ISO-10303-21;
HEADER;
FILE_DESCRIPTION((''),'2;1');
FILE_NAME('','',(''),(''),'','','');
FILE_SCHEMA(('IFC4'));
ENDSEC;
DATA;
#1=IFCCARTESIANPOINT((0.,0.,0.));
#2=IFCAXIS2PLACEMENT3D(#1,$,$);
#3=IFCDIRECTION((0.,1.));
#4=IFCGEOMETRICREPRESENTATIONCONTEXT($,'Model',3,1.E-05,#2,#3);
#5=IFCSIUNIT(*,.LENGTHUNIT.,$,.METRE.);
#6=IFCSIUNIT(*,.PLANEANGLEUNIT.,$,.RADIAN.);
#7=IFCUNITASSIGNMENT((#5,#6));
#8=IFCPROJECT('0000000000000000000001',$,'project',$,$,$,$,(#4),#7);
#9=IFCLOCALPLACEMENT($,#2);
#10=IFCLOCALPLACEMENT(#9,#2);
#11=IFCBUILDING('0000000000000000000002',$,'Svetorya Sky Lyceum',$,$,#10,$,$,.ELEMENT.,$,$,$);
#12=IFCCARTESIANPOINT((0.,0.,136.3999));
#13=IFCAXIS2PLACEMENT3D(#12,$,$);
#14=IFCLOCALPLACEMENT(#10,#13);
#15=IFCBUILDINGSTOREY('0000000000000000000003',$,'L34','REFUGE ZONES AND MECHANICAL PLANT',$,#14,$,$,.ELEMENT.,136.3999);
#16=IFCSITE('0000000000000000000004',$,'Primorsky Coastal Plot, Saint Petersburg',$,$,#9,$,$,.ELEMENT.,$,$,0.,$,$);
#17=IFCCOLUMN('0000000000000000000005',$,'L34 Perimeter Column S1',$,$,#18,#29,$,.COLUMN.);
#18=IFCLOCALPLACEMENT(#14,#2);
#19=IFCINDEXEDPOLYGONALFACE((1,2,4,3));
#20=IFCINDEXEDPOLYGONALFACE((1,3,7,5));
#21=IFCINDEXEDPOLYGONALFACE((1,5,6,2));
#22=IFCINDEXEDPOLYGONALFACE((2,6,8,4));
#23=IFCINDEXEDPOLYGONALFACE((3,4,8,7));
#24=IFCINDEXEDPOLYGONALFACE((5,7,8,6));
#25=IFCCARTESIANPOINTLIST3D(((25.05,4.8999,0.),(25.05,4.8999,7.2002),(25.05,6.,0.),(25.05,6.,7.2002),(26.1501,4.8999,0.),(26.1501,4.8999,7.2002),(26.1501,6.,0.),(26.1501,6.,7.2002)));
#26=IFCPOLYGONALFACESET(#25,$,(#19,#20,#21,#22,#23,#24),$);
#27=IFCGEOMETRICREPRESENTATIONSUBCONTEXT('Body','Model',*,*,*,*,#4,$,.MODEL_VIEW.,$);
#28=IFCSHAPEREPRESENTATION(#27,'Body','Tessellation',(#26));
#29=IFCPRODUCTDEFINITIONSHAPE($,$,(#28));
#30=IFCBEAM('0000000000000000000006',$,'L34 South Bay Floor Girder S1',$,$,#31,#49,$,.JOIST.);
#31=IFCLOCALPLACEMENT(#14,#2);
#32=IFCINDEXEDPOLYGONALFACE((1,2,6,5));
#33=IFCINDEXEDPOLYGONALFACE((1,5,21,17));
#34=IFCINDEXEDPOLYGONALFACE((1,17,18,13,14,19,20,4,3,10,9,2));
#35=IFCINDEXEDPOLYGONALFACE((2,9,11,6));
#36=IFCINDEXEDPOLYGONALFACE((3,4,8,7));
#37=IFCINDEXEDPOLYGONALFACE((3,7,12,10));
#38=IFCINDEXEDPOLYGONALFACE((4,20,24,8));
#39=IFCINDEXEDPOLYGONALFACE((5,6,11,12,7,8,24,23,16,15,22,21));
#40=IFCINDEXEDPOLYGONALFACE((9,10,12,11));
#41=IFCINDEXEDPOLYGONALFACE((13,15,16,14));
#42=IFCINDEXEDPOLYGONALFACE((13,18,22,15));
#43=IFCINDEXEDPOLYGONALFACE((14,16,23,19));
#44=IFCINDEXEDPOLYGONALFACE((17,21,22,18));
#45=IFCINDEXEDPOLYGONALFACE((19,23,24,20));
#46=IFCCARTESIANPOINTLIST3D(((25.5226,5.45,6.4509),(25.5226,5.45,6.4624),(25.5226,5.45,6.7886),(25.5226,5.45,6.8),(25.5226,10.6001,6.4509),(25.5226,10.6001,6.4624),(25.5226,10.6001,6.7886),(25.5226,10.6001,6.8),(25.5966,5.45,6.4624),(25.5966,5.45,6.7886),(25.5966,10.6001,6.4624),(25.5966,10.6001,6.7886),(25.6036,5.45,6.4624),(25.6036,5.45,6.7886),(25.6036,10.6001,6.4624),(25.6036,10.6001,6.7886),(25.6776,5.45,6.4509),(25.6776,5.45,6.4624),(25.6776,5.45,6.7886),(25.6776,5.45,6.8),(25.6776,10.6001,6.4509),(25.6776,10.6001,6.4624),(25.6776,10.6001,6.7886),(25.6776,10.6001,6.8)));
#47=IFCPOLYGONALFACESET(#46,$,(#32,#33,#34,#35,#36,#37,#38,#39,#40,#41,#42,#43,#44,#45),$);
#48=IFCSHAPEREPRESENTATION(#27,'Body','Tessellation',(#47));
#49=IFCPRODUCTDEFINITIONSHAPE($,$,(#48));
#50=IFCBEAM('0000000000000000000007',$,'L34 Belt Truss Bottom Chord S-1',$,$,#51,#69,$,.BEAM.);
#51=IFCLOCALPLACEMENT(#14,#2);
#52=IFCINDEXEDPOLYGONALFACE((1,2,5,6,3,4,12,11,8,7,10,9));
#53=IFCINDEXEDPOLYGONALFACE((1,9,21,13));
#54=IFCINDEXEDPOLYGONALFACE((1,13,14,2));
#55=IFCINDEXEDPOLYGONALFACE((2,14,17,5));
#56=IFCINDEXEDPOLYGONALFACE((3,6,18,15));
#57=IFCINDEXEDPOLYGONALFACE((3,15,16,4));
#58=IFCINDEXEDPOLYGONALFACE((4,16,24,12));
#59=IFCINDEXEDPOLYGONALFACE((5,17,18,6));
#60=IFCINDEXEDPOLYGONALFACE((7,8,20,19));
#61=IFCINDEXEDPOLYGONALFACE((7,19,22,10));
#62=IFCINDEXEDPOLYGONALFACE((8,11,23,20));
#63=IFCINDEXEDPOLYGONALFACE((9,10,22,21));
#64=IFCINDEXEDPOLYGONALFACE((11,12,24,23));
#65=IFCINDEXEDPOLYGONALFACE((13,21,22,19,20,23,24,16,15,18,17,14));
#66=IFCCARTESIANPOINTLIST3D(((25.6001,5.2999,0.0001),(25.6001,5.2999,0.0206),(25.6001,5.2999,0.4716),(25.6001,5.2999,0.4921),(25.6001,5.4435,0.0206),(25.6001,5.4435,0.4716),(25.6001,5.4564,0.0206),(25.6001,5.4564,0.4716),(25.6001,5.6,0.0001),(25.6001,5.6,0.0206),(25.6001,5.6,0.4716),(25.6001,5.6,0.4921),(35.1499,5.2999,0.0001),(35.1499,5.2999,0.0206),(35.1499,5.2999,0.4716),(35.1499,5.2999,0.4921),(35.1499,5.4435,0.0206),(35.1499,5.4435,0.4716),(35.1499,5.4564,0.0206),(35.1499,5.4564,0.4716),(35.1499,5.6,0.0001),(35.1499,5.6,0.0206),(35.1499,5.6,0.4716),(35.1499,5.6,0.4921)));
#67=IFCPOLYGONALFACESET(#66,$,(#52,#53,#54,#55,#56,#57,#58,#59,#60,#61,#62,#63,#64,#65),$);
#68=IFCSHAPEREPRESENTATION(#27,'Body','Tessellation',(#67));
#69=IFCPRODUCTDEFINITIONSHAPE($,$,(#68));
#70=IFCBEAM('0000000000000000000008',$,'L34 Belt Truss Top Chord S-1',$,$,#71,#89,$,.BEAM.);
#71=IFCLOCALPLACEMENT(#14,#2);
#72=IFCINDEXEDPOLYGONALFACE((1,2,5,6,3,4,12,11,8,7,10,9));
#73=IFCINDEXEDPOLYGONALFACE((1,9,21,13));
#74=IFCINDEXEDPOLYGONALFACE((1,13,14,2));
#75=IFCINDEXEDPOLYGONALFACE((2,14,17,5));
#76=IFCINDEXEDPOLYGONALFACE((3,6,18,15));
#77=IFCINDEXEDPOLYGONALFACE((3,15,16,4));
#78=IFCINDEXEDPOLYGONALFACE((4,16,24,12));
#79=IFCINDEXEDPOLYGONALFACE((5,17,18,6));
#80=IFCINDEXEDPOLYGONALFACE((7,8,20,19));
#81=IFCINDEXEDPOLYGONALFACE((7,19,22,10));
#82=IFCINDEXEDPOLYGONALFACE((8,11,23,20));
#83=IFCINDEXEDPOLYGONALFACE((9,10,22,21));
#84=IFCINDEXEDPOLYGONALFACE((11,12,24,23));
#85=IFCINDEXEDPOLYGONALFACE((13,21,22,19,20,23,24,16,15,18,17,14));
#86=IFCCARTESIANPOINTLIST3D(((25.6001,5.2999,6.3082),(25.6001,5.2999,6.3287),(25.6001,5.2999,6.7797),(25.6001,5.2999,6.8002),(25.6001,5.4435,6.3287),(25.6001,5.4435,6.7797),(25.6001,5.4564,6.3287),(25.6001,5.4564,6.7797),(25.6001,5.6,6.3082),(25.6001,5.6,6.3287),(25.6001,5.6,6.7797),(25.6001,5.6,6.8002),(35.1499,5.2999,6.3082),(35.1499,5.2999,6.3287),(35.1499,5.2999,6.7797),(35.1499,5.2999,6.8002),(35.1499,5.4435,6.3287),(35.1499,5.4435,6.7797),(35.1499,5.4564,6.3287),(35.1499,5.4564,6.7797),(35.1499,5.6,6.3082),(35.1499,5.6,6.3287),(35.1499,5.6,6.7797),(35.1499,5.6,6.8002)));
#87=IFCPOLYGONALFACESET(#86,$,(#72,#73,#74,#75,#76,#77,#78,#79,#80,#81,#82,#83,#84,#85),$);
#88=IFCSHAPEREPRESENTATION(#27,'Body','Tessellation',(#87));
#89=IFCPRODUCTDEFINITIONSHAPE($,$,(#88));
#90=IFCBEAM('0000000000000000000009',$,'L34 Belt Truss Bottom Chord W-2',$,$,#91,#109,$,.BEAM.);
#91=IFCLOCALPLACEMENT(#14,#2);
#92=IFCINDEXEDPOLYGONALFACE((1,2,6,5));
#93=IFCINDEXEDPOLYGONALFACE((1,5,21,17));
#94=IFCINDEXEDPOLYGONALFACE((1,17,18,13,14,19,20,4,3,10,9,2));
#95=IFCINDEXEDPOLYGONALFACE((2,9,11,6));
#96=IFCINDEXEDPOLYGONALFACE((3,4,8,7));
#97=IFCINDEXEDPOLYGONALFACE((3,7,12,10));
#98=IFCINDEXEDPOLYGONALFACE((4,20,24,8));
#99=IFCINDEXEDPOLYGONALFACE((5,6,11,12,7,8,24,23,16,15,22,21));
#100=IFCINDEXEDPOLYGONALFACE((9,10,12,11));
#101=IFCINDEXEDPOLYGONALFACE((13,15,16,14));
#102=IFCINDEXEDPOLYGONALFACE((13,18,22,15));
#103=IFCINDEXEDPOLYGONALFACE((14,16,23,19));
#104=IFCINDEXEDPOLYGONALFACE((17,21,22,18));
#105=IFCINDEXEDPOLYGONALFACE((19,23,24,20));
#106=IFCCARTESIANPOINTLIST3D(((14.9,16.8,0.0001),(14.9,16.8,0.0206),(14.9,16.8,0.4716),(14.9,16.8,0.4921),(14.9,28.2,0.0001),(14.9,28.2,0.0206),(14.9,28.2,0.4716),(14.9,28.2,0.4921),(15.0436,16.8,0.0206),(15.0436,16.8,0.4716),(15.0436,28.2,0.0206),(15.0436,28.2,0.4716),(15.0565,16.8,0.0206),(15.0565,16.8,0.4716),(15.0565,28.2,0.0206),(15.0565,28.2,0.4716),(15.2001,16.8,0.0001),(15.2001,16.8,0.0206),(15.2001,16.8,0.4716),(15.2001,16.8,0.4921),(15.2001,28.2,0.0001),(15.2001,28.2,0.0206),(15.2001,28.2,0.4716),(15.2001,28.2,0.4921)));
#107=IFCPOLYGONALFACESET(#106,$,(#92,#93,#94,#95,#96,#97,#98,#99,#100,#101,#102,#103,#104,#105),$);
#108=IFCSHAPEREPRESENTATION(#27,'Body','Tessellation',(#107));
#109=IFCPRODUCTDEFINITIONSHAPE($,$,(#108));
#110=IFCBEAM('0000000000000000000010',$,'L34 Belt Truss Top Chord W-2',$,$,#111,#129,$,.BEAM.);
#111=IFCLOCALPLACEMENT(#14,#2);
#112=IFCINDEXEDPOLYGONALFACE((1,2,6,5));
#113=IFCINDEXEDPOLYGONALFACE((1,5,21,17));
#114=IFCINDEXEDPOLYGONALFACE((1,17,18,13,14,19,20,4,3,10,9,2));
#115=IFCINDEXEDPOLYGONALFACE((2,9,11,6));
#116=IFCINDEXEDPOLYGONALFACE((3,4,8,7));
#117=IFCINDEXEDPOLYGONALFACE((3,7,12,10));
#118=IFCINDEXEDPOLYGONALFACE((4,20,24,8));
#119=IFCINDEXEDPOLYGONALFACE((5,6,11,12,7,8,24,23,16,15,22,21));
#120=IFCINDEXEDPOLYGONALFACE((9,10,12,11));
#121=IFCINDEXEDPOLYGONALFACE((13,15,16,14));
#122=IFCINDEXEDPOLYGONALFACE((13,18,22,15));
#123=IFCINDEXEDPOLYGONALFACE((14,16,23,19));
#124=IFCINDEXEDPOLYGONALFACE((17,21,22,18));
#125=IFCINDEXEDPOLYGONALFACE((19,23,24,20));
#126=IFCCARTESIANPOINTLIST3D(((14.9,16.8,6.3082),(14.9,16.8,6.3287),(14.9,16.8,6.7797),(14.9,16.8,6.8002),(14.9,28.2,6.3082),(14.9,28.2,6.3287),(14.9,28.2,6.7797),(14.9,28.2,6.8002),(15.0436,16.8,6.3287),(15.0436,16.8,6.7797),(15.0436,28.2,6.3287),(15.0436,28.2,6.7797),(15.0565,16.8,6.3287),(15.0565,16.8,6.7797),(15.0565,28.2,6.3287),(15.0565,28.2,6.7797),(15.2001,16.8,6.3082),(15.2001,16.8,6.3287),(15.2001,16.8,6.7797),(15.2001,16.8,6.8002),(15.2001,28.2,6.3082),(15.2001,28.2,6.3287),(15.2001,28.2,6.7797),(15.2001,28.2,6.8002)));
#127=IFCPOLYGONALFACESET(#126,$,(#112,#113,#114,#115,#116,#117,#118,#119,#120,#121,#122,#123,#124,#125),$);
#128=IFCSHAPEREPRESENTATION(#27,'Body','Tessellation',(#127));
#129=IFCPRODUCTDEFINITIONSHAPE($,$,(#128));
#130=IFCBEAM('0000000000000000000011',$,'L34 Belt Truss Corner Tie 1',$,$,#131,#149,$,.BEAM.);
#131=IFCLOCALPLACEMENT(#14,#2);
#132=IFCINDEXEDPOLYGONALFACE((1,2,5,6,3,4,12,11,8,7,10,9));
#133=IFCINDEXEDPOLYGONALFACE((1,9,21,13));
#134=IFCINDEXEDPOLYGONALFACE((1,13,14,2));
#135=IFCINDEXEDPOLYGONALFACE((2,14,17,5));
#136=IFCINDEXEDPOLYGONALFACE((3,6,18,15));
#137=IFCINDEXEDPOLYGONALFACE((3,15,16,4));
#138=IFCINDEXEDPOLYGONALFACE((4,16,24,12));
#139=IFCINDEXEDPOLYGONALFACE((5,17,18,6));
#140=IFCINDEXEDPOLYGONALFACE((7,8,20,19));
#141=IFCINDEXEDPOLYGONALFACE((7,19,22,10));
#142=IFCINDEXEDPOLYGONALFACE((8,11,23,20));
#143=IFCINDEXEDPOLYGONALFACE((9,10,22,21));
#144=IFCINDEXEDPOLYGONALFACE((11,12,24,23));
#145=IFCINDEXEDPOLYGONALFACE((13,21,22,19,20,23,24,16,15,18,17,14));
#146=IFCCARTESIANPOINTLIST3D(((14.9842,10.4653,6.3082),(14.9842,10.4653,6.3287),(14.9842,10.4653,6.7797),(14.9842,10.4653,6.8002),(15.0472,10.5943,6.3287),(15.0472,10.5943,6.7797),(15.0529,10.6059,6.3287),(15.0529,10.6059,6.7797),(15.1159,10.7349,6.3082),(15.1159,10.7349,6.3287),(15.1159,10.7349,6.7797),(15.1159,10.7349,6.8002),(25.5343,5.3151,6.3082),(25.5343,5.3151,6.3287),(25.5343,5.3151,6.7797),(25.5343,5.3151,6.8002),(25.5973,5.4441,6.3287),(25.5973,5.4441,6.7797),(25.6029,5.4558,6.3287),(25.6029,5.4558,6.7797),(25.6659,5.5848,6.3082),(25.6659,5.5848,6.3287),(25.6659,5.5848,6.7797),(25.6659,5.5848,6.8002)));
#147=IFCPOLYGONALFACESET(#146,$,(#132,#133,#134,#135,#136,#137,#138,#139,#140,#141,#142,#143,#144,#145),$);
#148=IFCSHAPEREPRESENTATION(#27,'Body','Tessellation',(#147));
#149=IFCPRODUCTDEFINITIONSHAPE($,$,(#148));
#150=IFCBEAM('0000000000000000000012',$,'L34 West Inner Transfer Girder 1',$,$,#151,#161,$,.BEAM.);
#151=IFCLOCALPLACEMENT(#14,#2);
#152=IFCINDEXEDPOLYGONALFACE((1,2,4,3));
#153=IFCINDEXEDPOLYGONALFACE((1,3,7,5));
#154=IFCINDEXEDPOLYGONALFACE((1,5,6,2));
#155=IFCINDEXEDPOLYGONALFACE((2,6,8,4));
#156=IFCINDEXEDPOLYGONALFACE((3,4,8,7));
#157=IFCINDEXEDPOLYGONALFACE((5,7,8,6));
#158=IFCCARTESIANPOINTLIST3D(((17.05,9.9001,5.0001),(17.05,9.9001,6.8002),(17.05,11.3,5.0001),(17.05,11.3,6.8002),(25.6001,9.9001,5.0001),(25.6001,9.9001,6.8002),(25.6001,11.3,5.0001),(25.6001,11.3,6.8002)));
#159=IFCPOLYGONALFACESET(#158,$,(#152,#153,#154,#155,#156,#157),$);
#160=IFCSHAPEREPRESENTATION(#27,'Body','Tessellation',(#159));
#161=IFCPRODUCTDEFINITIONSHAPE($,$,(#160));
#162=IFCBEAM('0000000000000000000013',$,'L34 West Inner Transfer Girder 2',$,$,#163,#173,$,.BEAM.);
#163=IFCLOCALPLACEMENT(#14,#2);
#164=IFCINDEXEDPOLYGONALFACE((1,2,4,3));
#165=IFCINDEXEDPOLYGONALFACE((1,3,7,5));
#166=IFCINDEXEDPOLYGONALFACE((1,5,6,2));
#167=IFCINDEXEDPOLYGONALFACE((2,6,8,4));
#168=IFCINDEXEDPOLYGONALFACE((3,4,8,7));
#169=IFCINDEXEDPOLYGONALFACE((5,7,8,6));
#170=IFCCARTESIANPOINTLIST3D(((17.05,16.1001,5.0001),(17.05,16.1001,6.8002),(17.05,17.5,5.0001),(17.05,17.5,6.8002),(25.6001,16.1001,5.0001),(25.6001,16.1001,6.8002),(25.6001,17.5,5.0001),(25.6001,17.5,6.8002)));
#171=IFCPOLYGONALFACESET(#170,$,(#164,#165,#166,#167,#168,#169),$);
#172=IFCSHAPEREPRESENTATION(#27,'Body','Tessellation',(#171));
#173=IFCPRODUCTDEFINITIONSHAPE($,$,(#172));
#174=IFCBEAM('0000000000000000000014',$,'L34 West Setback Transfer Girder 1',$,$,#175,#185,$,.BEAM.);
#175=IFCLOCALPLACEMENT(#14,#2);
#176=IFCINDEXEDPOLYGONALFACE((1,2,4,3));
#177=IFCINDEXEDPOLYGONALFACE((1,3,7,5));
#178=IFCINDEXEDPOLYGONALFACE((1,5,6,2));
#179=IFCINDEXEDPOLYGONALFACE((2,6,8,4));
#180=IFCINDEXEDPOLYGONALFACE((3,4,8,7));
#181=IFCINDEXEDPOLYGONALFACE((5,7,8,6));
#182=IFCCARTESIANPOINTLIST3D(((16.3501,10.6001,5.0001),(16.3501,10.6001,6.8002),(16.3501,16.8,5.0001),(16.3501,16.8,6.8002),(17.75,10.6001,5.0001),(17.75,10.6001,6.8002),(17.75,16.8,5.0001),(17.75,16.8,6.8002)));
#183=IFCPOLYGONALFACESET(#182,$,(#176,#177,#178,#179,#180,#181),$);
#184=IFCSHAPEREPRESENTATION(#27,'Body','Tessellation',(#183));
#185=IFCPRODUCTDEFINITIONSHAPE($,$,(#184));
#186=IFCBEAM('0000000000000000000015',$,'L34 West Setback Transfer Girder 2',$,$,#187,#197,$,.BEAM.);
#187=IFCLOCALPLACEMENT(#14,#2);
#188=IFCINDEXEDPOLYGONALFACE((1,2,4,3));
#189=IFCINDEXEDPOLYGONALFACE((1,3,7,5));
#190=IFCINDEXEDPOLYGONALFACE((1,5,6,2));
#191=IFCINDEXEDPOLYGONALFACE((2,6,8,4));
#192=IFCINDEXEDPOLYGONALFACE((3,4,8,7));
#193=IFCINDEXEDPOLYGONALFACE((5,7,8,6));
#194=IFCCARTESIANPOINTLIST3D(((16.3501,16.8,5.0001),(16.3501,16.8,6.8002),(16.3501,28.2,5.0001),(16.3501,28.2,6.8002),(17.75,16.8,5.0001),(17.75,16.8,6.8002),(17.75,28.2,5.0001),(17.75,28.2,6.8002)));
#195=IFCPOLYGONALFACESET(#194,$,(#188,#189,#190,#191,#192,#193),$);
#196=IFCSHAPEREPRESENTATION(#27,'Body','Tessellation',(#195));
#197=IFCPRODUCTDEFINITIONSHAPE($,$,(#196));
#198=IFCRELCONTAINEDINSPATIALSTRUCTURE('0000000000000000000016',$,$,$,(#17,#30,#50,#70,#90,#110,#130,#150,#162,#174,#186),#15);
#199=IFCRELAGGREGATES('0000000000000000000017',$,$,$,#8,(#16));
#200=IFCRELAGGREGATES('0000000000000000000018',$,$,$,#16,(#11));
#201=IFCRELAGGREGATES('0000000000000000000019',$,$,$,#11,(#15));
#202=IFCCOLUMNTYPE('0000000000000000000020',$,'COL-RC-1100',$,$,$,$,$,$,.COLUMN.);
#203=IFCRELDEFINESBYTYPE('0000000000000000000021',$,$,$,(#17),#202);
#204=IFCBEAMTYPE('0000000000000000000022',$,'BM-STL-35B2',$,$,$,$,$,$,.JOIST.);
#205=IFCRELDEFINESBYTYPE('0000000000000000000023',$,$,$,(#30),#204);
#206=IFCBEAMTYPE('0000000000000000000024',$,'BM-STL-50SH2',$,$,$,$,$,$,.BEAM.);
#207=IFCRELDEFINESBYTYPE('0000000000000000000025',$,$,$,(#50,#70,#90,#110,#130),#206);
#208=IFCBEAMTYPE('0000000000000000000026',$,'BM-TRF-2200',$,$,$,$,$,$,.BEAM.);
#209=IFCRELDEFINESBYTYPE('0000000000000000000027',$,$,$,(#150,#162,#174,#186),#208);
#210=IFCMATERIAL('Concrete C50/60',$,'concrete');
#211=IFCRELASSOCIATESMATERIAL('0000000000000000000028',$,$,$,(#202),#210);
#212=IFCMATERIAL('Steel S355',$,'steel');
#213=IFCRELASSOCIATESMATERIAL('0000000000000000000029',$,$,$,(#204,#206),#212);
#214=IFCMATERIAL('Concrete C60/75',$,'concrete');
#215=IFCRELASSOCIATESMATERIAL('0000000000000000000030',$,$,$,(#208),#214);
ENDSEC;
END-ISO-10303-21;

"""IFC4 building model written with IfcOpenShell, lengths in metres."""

from ifc_helpers import new_model, si_unit, direction, frame, origin, origin_2d, place, context, subcontext, project, spatial, rectangle, i_section, extrude, material, material_profile, profile_set, type_object, element, save


model = new_model("IFC4")

# Units and contexts
model_context = context("Model", 3, precision=1e-05, world=origin(), true_north=direction((0.0, 1.0)))
body_context = subcontext(model_context, "Body", "Model", "MODEL_VIEW")
ifc_project = project(units=[si_unit("LENGTHUNIT", "METRE"), si_unit("PLANEANGLEUNIT", "RADIAN")], contexts=[model_context])

# Site, building, storey
site_placement = place(None, origin())
site = spatial("IfcSite", under=ifc_project, at=site_placement, Name="Primorsky Coastal Plot, Saint Petersburg", CompositionType="ELEMENT", RefElevation=0.0)
building_placement = place(site_placement, origin())
building = spatial("IfcBuilding", under=site, at=building_placement, Name="Svetorya Sky Lyceum", CompositionType="ELEMENT")
storey_placement = place(building_placement, frame((0.0, 0.0, 136.3999)))
storey = spatial("IfcBuildingStorey", under=building, at=storey_placement, Name="L34", Description="REFUGE ZONES AND MECHANICAL PLANT", CompositionType="ELEMENT", Elevation=136.3999)

# Column
ifc_material_1 = material(Name="Concrete C50/60", Category="concrete")
ifc_material_profile_1 = material_profile(ifc_material_1, rectangle(XDim=1.1001, YDim=1.1001, at=origin_2d()), Name="RC COL 1100x1100")
ifc_profile_set_1 = profile_set([ifc_material_profile_1], Name="Concrete C50/60")
column_type = type_object("IfcColumnType", Name="COL-RC-1100", PredefinedType="COLUMN", material=ifc_profile_set_1)
column_placement = place(storey_placement, frame((25.6001, 5.45, 0.0), z_axis=(0.0, 0.0, 1.0), x_axis=(1.0, 0.0, 0.0)))
element("IfcColumn", 1, at=column_placement, inside=storey, type_object=column_type, Name="L34 Perimeter Column S1", PredefinedType="COLUMN", context=body_context, shape_type="SweptSolid", body=[
    extrude(rectangle(XDim=1.1001, YDim=1.1001, at=origin_2d()), origin(), (0.0, 0.0, 1.0), 7.2002),
])

# Beams
ifc_material_2 = material(Name="Steel S355", Category="steel")
ifc_material_profile_2 = material_profile(ifc_material_2, i_section(OverallWidth=0.155, OverallDepth=0.3491, WebThickness=0.0071, FlangeThickness=0.0115, at=origin_2d()), Name="GOST 35B2")
ifc_profile_set_2 = profile_set([ifc_material_profile_2], Name="Steel S355")
beam_type_1 = type_object("IfcBeamType", Name="BM-STL-35B2", PredefinedType="JOIST", material=ifc_profile_set_2)
beam_1_placement = place(storey_placement, frame((25.6001, 5.45, 6.6255), z_axis=(0.0, 1.0, 0.0), x_axis=(-1.0, 0.0, 0.0)))
element("IfcBeam", 2, at=beam_1_placement, inside=storey, type_object=beam_type_1, Name="L34 South Bay Floor Girder S1", PredefinedType="JOIST", context=body_context, shape_type="SweptSolid", body=[
    extrude(i_section(OverallWidth=0.155, OverallDepth=0.3491, WebThickness=0.0071, FlangeThickness=0.0115, at=origin_2d()), origin(), (0.0, 0.0, 1.0), 5.1501),
])
ifc_material_profile_3 = material_profile(ifc_material_2, i_section(OverallWidth=0.3, OverallDepth=0.4919, WebThickness=0.0129, FlangeThickness=0.0205, at=origin_2d()), Name="GOST 50Sh2")
ifc_profile_set_3 = profile_set([ifc_material_profile_3], Name="Steel S355")
beam_type_2 = type_object("IfcBeamType", Name="BM-STL-50SH2", PredefinedType="BEAM", material=ifc_profile_set_3)
for number, where, z_axis, x_axis, name in (
    (3, (25.6001, 5.45, 0.2461), (1.0, 0.0, 0.0), (0.0, 1.0, 0.0), "L34 Belt Truss Bottom Chord S-1"),
    (4, (25.6001, 5.45, 6.5542), (1.0, 0.0, 0.0), (0.0, 1.0, 0.0), "L34 Belt Truss Top Chord S-1"),
):
    element("IfcBeam", number, at=place(storey_placement, frame(where, z_axis=z_axis, x_axis=x_axis)), inside=storey, type_object=beam_type_2, Name=name, PredefinedType="BEAM", context=body_context, shape_type="SweptSolid", body=[
        extrude(i_section(OverallWidth=0.3, OverallDepth=0.4919, WebThickness=0.0129, FlangeThickness=0.0205, at=origin_2d()), origin(), (0.0, 0.0, 1.0), 9.5498),
    ])
for number, where, z_axis, x_axis, name in (
    (5, (15.05, 16.8, 0.2461), (0.0, 1.0, 0.0), (-1.0, 0.0, 0.0), "L34 Belt Truss Bottom Chord W-2"),
    (6, (15.05, 16.8, 6.5542), (0.0, 1.0, 0.0), (-1.0, 0.0, 0.0), "L34 Belt Truss Top Chord W-2"),
):
    element("IfcBeam", number, at=place(storey_placement, frame(where, z_axis=z_axis, x_axis=x_axis)), inside=storey, type_object=beam_type_2, Name=name, PredefinedType="BEAM", context=body_context, shape_type="SweptSolid", body=[
        extrude(i_section(OverallWidth=0.3, OverallDepth=0.4919, WebThickness=0.0129, FlangeThickness=0.0205, at=origin_2d()), origin(), (0.0, 0.0, 1.0), 11.3999),
    ])
beam_2_placement = place(storey_placement, frame((25.6001, 5.45, 6.5542), z_axis=(-0.898641, 0.438684, 0.0), x_axis=(-0.438684, -0.898641, 0.0)))
element("IfcBeam", 7, at=beam_2_placement, inside=storey, type_object=beam_type_2, Name="L34 Belt Truss Corner Tie 1", PredefinedType="BEAM", context=body_context, shape_type="SweptSolid", body=[
    extrude(i_section(OverallWidth=0.3, OverallDepth=0.4919, WebThickness=0.0129, FlangeThickness=0.0205, at=origin_2d()), origin(), (0.0, 0.0, 1.0), 11.74),
])
ifc_material_3 = material(Name="Concrete C60/75", Category="concrete")
ifc_material_profile_4 = material_profile(ifc_material_3, rectangle(XDim=1.3999, YDim=1.8, at=origin_2d()), Name="RC TRANSFER 1400x1800")
ifc_profile_set_4 = profile_set([ifc_material_profile_4], Name="Concrete C60/75")
beam_type_3 = type_object("IfcBeamType", Name="BM-TRF-2200", PredefinedType="BEAM", material=ifc_profile_set_4)
for number, where, z_axis, x_axis, name in (
    (8, (17.05, 10.6001, 5.9001), (1.0, 0.0, 0.0), (0.0, 1.0, 0.0), "L34 West Inner Transfer Girder 1"),
    (9, (17.05, 16.8, 5.9001), (1.0, 0.0, 0.0), (0.0, 1.0, 0.0), "L34 West Inner Transfer Girder 2"),
):
    element("IfcBeam", number, at=place(storey_placement, frame(where, z_axis=z_axis, x_axis=x_axis)), inside=storey, type_object=beam_type_3, Name=name, PredefinedType="BEAM", context=body_context, shape_type="SweptSolid", body=[
        extrude(rectangle(XDim=1.3999, YDim=1.8, at=origin_2d()), origin(), (0.0, 0.0, 1.0), 8.55),
    ])
beam_3_placement = place(storey_placement, frame((17.05, 10.6001, 5.9001), z_axis=(0.0, 1.0, 0.0), x_axis=(-1.0, 0.0, 0.0)))
element("IfcBeam", 10, at=beam_3_placement, inside=storey, type_object=beam_type_3, Name="L34 West Setback Transfer Girder 1", PredefinedType="BEAM", context=body_context, shape_type="SweptSolid", body=[
    extrude(rectangle(XDim=1.3999, YDim=1.8, at=origin_2d()), origin(), (0.0, 0.0, 1.0), 6.2),
])
beam_4_placement = place(storey_placement, frame((17.05, 16.8, 5.9001), z_axis=(0.0, 1.0, 0.0), x_axis=(-1.0, 0.0, 0.0)))
element("IfcBeam", 11, at=beam_4_placement, inside=storey, type_object=beam_type_3, Name="L34 West Setback Transfer Girder 2", PredefinedType="BEAM", context=body_context, shape_type="SweptSolid", body=[
    extrude(rectangle(XDim=1.3999, YDim=1.8, at=origin_2d()), origin(), (0.0, 0.0, 1.0), 11.3999),
])

save(model, "model.ifc")
